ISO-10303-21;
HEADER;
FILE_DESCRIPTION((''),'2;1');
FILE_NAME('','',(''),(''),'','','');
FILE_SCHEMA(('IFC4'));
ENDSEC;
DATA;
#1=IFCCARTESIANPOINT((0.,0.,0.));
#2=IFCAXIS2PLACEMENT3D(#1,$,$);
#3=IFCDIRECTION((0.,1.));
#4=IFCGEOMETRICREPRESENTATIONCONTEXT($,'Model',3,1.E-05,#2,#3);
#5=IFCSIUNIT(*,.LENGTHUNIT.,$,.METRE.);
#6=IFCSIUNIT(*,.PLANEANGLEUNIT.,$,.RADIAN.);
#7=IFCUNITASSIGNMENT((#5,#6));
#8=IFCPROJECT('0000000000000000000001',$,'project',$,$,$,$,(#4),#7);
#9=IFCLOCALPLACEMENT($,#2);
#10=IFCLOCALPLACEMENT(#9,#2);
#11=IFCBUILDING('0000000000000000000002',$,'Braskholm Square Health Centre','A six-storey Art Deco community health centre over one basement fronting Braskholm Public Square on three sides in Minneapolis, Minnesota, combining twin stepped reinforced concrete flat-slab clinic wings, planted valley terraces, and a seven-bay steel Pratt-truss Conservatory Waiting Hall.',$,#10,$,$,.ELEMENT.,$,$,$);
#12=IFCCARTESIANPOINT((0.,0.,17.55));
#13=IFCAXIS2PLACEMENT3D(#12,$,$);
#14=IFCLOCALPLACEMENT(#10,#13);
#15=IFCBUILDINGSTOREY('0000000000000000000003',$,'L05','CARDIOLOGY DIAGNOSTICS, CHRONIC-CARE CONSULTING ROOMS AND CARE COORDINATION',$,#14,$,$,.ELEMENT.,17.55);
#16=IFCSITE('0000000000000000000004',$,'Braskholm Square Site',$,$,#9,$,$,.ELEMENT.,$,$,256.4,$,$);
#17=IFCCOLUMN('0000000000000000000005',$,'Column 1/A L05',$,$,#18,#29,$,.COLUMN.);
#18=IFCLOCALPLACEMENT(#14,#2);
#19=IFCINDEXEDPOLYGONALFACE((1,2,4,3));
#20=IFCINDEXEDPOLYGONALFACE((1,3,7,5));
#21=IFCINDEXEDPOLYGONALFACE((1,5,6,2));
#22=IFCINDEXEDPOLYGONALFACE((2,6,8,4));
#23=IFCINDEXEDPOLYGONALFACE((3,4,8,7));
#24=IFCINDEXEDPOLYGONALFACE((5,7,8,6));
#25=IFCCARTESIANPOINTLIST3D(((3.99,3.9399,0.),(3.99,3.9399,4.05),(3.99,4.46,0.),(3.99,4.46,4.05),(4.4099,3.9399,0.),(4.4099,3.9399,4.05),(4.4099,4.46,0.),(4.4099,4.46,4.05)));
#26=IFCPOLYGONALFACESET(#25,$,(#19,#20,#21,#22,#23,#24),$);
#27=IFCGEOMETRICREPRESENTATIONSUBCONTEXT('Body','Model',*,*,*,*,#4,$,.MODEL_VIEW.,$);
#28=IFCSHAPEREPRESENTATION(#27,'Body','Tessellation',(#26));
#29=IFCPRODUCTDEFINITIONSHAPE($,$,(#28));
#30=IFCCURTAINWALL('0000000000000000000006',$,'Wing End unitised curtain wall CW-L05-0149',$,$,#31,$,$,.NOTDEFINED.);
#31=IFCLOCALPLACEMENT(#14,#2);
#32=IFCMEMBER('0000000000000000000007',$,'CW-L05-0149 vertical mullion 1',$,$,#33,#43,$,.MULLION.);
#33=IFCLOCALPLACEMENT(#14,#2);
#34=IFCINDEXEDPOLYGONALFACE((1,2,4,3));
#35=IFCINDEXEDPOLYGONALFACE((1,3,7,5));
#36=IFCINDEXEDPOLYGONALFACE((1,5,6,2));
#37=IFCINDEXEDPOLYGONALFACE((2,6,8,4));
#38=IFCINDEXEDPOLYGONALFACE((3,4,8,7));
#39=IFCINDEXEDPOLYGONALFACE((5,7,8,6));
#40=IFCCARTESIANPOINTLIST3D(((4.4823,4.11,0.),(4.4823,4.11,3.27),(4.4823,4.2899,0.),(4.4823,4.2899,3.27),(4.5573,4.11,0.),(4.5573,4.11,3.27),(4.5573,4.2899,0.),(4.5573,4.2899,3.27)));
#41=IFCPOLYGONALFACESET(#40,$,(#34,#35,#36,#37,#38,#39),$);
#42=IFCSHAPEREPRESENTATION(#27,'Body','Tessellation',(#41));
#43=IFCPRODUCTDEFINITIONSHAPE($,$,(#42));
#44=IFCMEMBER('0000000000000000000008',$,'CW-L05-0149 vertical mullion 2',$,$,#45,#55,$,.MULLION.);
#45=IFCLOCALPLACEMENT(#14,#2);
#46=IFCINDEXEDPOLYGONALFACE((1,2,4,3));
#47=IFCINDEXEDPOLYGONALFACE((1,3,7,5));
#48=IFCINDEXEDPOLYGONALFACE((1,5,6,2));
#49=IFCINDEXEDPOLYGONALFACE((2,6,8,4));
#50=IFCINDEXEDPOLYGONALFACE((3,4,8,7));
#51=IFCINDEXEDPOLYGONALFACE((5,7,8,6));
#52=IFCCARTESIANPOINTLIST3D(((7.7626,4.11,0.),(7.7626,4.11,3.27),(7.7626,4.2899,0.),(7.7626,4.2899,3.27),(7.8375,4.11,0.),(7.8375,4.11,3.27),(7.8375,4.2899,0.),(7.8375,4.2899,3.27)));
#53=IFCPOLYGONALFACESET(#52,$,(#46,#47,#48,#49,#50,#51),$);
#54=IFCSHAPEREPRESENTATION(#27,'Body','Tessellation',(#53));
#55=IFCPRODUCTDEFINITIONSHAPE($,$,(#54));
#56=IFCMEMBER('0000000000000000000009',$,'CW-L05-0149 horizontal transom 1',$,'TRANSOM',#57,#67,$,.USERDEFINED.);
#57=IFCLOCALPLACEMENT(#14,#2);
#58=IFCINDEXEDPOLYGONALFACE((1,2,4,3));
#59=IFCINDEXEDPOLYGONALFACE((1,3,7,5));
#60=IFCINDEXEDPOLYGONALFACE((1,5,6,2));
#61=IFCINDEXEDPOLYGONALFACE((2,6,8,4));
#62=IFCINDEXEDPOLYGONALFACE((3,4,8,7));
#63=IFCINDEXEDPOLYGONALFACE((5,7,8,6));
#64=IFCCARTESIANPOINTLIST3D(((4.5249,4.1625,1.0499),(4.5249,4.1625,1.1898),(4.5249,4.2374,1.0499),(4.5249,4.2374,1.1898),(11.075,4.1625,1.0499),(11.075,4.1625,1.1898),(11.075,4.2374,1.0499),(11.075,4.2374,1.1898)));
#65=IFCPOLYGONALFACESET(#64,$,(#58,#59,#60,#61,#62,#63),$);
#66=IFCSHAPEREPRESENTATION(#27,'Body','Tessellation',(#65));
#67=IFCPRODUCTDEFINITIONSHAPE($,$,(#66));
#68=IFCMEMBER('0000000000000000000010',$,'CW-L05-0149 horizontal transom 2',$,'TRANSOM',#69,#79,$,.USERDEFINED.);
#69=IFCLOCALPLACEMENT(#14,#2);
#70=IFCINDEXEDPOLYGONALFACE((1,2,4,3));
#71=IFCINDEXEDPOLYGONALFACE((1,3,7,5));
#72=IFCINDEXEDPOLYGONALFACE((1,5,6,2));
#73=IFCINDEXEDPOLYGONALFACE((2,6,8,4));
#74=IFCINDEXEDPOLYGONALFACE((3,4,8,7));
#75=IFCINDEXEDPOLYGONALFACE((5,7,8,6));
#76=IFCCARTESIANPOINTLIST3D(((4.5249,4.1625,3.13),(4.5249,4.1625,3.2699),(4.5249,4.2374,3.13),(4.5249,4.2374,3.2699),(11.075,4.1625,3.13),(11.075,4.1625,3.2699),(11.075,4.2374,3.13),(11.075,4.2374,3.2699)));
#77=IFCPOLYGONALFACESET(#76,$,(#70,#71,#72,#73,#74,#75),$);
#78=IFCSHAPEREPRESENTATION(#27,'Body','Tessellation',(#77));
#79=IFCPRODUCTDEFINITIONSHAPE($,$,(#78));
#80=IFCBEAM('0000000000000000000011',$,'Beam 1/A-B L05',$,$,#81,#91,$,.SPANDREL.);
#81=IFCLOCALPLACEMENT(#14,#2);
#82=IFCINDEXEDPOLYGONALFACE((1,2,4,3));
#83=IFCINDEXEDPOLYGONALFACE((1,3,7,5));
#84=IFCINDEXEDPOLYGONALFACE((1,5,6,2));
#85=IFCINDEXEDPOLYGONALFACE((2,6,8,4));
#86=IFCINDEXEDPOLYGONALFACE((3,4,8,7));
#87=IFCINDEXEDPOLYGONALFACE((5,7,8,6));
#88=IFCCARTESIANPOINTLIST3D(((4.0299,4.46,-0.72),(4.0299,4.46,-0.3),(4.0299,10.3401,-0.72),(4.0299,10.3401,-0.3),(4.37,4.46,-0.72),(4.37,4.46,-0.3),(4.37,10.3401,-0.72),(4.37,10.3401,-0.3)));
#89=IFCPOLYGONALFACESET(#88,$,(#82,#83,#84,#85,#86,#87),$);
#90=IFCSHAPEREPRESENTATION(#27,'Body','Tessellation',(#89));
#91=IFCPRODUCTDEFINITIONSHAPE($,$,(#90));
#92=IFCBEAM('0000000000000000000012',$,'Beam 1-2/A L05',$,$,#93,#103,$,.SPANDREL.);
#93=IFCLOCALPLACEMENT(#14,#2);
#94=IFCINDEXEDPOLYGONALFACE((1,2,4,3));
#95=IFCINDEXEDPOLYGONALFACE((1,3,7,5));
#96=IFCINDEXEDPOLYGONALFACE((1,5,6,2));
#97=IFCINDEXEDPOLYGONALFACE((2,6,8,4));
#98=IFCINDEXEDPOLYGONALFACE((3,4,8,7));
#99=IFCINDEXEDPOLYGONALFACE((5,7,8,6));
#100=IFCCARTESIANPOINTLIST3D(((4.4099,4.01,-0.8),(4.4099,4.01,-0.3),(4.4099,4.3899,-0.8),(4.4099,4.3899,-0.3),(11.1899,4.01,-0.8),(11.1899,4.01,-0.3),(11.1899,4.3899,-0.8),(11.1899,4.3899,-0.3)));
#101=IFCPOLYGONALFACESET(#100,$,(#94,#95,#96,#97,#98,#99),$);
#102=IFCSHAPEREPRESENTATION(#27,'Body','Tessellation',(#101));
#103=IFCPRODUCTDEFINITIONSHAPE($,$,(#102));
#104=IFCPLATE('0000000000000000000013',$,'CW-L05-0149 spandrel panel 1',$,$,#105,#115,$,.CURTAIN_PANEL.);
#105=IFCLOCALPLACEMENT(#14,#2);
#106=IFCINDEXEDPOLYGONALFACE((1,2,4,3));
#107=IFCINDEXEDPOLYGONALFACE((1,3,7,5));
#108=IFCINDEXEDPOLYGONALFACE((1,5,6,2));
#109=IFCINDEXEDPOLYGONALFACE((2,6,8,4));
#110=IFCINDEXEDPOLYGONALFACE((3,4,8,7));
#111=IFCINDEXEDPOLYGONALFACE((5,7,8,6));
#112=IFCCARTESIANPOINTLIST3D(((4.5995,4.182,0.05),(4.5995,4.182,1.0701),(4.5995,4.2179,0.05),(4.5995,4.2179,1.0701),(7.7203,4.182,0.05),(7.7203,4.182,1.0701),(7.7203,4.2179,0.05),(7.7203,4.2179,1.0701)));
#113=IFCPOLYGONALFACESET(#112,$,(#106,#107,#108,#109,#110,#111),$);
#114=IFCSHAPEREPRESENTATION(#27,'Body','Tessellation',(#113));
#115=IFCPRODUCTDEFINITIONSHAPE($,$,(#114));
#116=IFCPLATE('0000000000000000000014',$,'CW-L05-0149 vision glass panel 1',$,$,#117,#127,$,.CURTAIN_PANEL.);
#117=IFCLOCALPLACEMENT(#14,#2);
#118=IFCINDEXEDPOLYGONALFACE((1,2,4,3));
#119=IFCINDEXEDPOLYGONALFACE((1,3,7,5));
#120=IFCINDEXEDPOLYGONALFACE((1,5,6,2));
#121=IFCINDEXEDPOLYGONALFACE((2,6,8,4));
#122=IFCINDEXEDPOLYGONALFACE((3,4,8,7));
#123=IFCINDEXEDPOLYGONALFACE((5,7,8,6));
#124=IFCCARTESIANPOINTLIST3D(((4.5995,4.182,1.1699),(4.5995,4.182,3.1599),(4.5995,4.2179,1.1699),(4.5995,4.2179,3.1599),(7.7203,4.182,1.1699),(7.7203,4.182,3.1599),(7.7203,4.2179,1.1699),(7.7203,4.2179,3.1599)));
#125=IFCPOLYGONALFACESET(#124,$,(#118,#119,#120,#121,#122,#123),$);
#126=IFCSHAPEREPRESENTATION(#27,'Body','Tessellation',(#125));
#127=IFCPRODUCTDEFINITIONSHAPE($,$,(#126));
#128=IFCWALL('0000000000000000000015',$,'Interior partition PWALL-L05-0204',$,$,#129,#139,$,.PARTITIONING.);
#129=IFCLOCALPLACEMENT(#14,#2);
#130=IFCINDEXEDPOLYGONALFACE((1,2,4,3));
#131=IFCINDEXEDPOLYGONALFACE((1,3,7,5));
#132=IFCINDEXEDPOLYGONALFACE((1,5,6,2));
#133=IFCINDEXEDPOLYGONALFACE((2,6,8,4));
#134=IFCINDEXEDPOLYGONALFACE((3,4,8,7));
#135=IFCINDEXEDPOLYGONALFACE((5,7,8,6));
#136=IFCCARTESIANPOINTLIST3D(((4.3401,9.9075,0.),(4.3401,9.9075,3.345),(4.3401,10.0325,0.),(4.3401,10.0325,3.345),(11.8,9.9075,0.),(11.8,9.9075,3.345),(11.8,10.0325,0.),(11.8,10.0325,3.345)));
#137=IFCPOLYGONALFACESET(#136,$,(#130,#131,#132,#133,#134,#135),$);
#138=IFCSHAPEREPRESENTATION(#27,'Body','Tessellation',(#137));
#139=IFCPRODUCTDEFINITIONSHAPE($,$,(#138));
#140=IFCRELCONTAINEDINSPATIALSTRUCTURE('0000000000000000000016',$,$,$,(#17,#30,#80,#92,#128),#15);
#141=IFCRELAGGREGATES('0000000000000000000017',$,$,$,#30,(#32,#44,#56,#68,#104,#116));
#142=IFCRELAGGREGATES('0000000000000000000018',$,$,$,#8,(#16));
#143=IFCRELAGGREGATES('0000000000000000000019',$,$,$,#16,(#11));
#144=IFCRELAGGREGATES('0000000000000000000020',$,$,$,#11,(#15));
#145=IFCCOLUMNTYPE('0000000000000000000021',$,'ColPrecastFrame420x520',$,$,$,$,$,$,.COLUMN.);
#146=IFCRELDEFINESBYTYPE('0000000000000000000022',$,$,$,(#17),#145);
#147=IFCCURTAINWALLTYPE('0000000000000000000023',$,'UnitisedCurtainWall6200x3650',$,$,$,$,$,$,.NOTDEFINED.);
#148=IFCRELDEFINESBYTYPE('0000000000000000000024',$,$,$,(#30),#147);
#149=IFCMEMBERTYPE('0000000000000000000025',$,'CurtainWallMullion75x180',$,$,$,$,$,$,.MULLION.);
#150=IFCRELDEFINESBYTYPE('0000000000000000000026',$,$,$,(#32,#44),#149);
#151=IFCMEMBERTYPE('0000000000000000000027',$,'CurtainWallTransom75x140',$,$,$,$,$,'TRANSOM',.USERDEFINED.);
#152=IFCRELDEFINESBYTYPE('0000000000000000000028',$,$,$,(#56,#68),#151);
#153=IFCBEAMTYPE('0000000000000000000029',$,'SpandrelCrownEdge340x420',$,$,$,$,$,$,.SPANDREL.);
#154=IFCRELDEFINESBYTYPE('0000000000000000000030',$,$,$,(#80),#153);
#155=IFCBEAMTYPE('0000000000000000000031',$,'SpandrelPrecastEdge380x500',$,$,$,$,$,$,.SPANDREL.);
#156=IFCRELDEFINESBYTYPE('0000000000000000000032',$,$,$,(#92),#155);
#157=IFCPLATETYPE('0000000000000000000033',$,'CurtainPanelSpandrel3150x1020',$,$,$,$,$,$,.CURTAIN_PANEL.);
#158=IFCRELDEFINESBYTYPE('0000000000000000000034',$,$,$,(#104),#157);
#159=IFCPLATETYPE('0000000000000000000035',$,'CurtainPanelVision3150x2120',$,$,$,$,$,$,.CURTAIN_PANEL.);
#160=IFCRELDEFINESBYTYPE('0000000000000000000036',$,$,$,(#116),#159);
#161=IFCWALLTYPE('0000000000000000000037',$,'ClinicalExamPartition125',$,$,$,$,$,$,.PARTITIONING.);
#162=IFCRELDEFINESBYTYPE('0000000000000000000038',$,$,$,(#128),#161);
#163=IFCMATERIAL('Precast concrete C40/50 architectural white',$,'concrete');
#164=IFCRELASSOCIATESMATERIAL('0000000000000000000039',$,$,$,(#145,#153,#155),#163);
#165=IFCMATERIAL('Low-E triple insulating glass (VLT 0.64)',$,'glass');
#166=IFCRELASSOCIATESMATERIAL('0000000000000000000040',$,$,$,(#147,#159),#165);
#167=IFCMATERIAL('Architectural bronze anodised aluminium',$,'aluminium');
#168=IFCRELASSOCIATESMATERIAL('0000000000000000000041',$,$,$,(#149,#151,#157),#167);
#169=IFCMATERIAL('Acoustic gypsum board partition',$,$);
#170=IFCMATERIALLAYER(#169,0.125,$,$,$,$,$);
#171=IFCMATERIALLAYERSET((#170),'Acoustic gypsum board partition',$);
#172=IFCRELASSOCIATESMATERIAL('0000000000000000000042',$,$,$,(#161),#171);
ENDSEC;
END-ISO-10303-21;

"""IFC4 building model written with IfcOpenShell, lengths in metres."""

from ifc_helpers import new_model, si_unit, direction, frame, frame_2d, origin, origin_2d, place, context, subcontext, project, spatial, rectangle, extrude, material, layer, layer_set, material_profile, profile_set, type_object, element, aggregate, save


model = new_model("IFC4")

# Units and contexts
model_context = context("Model", 3, precision=1e-05, world=origin(), true_north=direction((0.0, 1.0)))
body_context = subcontext(model_context, "Body", "Model", "MODEL_VIEW")
ifc_project = project(units=[si_unit("LENGTHUNIT", "METRE"), si_unit("PLANEANGLEUNIT", "RADIAN")], contexts=[model_context])

# Site, building, storey
site_placement = place(None, origin())
site = spatial("IfcSite", under=ifc_project, at=site_placement, Name="Braskholm Square Site", CompositionType="ELEMENT", RefElevation=256.4)
building_placement = place(site_placement, origin())
building = spatial("IfcBuilding", under=site, at=building_placement, Name="Braskholm Square Health Centre", Description="A six-storey Art Deco community health centre over one basement fronting Braskholm Public Square on three sides in Minneapolis, Minnesota, combining twin stepped reinforced concrete flat-slab clinic wings, planted valley terraces, and a seven-bay steel Pratt-truss Conservatory Waiting Hall.", CompositionType="ELEMENT")
storey_placement = place(building_placement, frame((0.0, 0.0, 17.55)))
storey = spatial("IfcBuildingStorey", under=building, at=storey_placement, Name="L05", Description="CARDIOLOGY DIAGNOSTICS, CHRONIC-CARE CONSULTING ROOMS AND CARE COORDINATION", CompositionType="ELEMENT", Elevation=17.55)

# Column
ifc_material_1 = material(Name="Precast concrete C40/50 architectural white", Category="concrete")
ifc_material_profile_1 = material_profile(ifc_material_1, rectangle(XDim=0.4199, YDim=0.52, at=origin_2d()), Name="RC-420X520")
ifc_profile_set_1 = profile_set([ifc_material_profile_1], Name="Precast concrete C40/50 architectural white")
column_type = type_object("IfcColumnType", Name="ColPrecastFrame420x520", PredefinedType="COLUMN", material=ifc_profile_set_1)
column_placement = place(storey_placement, frame((4.2, 4.2, 0.0), z_axis=(0.0, 0.0, 1.0), x_axis=(1.0, 0.0, 0.0)))
element("IfcColumn", 1, at=column_placement, inside=storey, type_object=column_type, Name="Column 1/A L05", PredefinedType="COLUMN", context=body_context, shape_type="SweptSolid", body=[
    extrude(rectangle(XDim=0.4199, YDim=0.52, at=origin_2d()), origin(), (0.0, 0.0, 1.0), 4.05),
])

# Curtain wall, members
ifc_material_2 = material(Name="Low-E triple insulating glass (VLT 0.64)", Category="glass")
curtain_wall_type = type_object("IfcCurtainWallType", Name="UnitisedCurtainWall6200x3650", PredefinedType="NOTDEFINED", material=ifc_material_2)
curtain_wall_placement = place(storey_placement, origin())
curtain_wall = element("IfcCurtainWall", 2, at=curtain_wall_placement, inside=storey, type_object=curtain_wall_type, Name="Wing End unitised curtain wall CW-L05-0149", PredefinedType="NOTDEFINED")
ifc_material_3 = material(Name="Architectural bronze anodised aluminium", Category="aluminium")
ifc_material_profile_2 = material_profile(ifc_material_3, rectangle(XDim=0.075, YDim=0.1799, at=origin_2d()), Name="ALU-75X180")
ifc_profile_set_2 = profile_set([ifc_material_profile_2], Name="Architectural bronze anodised aluminium")
member_type_1 = type_object("IfcMemberType", Name="CurtainWallMullion75x180", PredefinedType="MULLION", material=ifc_profile_set_2)
member_1_placement = place(storey_placement, frame((4.5198, 4.2, 0.0), z_axis=(0.0, 0.0, 1.0), x_axis=(1.0, 0.0, 0.0)))
member_1 = element("IfcMember", 3, at=member_1_placement, type_object=member_type_1, Name="CW-L05-0149 vertical mullion 1", PredefinedType="MULLION", context=body_context, shape_type="SweptSolid", body=[
    extrude(rectangle(XDim=0.075, YDim=0.1799, at=origin_2d()), origin(), (0.0, 0.0, 1.0), 3.27),
])
member_2_placement = place(storey_placement, frame((7.8, 4.2, 0.0), z_axis=(0.0, 0.0, 1.0), x_axis=(1.0, 0.0, 0.0)))
member_2 = element("IfcMember", 4, at=member_2_placement, type_object=member_type_1, Name="CW-L05-0149 vertical mullion 2", PredefinedType="MULLION", context=body_context, shape_type="SweptSolid", body=[
    extrude(rectangle(XDim=0.075, YDim=0.1799, at=origin_2d()), origin(), (0.0, 0.0, 1.0), 3.27),
])
ifc_material_profile_3 = material_profile(ifc_material_3, rectangle(XDim=0.075, YDim=0.1399, at=origin_2d()), Name="ALU-75X140")
ifc_profile_set_3 = profile_set([ifc_material_profile_3], Name="Architectural bronze anodised aluminium")
member_type_2 = type_object("IfcMemberType", Name="CurtainWallTransom75x140", ElementType="TRANSOM", PredefinedType="USERDEFINED", material=ifc_profile_set_3)
member_3_placement = place(storey_placement, frame((4.5249, 4.2, 1.1199), z_axis=(1.0, 0.0, 0.0), x_axis=(0.0, 1.0, 0.0)))
member_3 = element("IfcMember", 5, at=member_3_placement, type_object=member_type_2, Name="CW-L05-0149 horizontal transom 1", ObjectType="TRANSOM", PredefinedType="USERDEFINED", context=body_context, shape_type="SweptSolid", body=[
    extrude(rectangle(XDim=0.075, YDim=0.1399, at=origin_2d()), origin(), (0.0, 0.0, 1.0), 6.55),
])
member_4_placement = place(storey_placement, frame((4.5249, 4.2, 3.2), z_axis=(1.0, 0.0, 0.0), x_axis=(0.0, 1.0, 0.0)))
member_4 = element("IfcMember", 6, at=member_4_placement, type_object=member_type_2, Name="CW-L05-0149 horizontal transom 2", ObjectType="TRANSOM", PredefinedType="USERDEFINED", context=body_context, shape_type="SweptSolid", body=[
    extrude(rectangle(XDim=0.075, YDim=0.1399, at=origin_2d()), origin(), (0.0, 0.0, 1.0), 6.55),
])

# Beams
ifc_material_profile_4 = material_profile(ifc_material_1, rectangle(XDim=0.3401, YDim=0.4199, at=origin_2d()), Name="RCB-340X420")
ifc_profile_set_4 = profile_set([ifc_material_profile_4], Name="Precast concrete C40/50 architectural white")
beam_type_1 = type_object("IfcBeamType", Name="SpandrelCrownEdge340x420", PredefinedType="SPANDREL", material=ifc_profile_set_4)
beam_1_placement = place(storey_placement, frame((4.2, 4.46, -0.51), z_axis=(0.0, 1.0, 0.0), x_axis=(-1.0, 0.0, 0.0)))
element("IfcBeam", 7, at=beam_1_placement, inside=storey, type_object=beam_type_1, Name="Beam 1/A-B L05", PredefinedType="SPANDREL", context=body_context, shape_type="SweptSolid", body=[
    extrude(rectangle(XDim=0.3401, YDim=0.4199, at=origin_2d()), origin(), (0.0, 0.0, 1.0), 5.8801),
])
ifc_material_profile_5 = material_profile(ifc_material_1, rectangle(XDim=0.3799, YDim=0.5, at=origin_2d()), Name="RCB-380X500")
ifc_profile_set_5 = profile_set([ifc_material_profile_5], Name="Precast concrete C40/50 architectural white")
beam_type_2 = type_object("IfcBeamType", Name="SpandrelPrecastEdge380x500", PredefinedType="SPANDREL", material=ifc_profile_set_5)
beam_2_placement = place(storey_placement, frame((4.4099, 4.2, -0.55), z_axis=(1.0, 0.0, 0.0), x_axis=(0.0, 1.0, 0.0)))
element("IfcBeam", 8, at=beam_2_placement, inside=storey, type_object=beam_type_2, Name="Beam 1-2/A L05", PredefinedType="SPANDREL", context=body_context, shape_type="SweptSolid", body=[
    extrude(rectangle(XDim=0.3799, YDim=0.5, at=origin_2d()), origin(), (0.0, 0.0, 1.0), 6.78),
])

# Plates
plate_type_1 = type_object("IfcPlateType", Name="CurtainPanelSpandrel3150x1020", PredefinedType="CURTAIN_PANEL", material=ifc_material_3)
plate_1_placement = place(storey_placement, frame((6.1599, 4.2, 0.05), z_axis=(0.0, 0.0, 1.0), x_axis=(1.0, 0.0, 0.0)))
plate_1 = element("IfcPlate", 9, at=plate_1_placement, type_object=plate_type_1, Name="CW-L05-0149 spandrel panel 1", PredefinedType="CURTAIN_PANEL", context=body_context, shape_type="SweptSolid", body=[
    extrude(rectangle(XDim=3.1208, YDim=0.0359, at=origin_2d()), origin(), (0.0, 0.0, 1.0), 1.02),
])
plate_type_2 = type_object("IfcPlateType", Name="CurtainPanelVision3150x2120", PredefinedType="CURTAIN_PANEL", material=ifc_material_2)
plate_2_placement = place(storey_placement, frame((6.1599, 4.2, 1.1699), z_axis=(0.0, 0.0, 1.0), x_axis=(1.0, 0.0, 0.0)))
plate_2 = element("IfcPlate", 10, at=plate_2_placement, type_object=plate_type_2, Name="CW-L05-0149 vision glass panel 1", PredefinedType="CURTAIN_PANEL", context=body_context, shape_type="SweptSolid", body=[
    extrude(rectangle(XDim=3.1208, YDim=0.0359, at=origin_2d()), origin(), (0.0, 0.0, 1.0), 1.99),
])
aggregate(curtain_wall, [member_1, member_2, member_3, member_4, plate_1, plate_2])

# Wall
ifc_material_4 = material(Name="Acoustic gypsum board partition")
ifc_layer_1 = layer(ifc_material_4, 0.125)
ifc_layer_set_1 = layer_set([ifc_layer_1], Name="Acoustic gypsum board partition")
wall_type_1 = type_object("IfcWallType", Name="ClinicalExamPartition125", PredefinedType="PARTITIONING", material=ifc_layer_set_1)
wall_1_placement = place(storey_placement, frame((4.3401, 9.97, 0.0), z_axis=(0.0, 0.0, 1.0), x_axis=(1.0, 0.0, 0.0)))
element("IfcWall", 11, at=wall_1_placement, inside=storey, type_object=wall_type_1, Name="Interior partition PWALL-L05-0204", PredefinedType="PARTITIONING", context=body_context, shape_type="SweptSolid", body=[
    extrude(rectangle(XDim=7.46, YDim=0.125, at=frame_2d((3.73, 0.0))), origin(), (0.0, 0.0, 1.0), 3.345),
])

save(model, "model.ifc")
